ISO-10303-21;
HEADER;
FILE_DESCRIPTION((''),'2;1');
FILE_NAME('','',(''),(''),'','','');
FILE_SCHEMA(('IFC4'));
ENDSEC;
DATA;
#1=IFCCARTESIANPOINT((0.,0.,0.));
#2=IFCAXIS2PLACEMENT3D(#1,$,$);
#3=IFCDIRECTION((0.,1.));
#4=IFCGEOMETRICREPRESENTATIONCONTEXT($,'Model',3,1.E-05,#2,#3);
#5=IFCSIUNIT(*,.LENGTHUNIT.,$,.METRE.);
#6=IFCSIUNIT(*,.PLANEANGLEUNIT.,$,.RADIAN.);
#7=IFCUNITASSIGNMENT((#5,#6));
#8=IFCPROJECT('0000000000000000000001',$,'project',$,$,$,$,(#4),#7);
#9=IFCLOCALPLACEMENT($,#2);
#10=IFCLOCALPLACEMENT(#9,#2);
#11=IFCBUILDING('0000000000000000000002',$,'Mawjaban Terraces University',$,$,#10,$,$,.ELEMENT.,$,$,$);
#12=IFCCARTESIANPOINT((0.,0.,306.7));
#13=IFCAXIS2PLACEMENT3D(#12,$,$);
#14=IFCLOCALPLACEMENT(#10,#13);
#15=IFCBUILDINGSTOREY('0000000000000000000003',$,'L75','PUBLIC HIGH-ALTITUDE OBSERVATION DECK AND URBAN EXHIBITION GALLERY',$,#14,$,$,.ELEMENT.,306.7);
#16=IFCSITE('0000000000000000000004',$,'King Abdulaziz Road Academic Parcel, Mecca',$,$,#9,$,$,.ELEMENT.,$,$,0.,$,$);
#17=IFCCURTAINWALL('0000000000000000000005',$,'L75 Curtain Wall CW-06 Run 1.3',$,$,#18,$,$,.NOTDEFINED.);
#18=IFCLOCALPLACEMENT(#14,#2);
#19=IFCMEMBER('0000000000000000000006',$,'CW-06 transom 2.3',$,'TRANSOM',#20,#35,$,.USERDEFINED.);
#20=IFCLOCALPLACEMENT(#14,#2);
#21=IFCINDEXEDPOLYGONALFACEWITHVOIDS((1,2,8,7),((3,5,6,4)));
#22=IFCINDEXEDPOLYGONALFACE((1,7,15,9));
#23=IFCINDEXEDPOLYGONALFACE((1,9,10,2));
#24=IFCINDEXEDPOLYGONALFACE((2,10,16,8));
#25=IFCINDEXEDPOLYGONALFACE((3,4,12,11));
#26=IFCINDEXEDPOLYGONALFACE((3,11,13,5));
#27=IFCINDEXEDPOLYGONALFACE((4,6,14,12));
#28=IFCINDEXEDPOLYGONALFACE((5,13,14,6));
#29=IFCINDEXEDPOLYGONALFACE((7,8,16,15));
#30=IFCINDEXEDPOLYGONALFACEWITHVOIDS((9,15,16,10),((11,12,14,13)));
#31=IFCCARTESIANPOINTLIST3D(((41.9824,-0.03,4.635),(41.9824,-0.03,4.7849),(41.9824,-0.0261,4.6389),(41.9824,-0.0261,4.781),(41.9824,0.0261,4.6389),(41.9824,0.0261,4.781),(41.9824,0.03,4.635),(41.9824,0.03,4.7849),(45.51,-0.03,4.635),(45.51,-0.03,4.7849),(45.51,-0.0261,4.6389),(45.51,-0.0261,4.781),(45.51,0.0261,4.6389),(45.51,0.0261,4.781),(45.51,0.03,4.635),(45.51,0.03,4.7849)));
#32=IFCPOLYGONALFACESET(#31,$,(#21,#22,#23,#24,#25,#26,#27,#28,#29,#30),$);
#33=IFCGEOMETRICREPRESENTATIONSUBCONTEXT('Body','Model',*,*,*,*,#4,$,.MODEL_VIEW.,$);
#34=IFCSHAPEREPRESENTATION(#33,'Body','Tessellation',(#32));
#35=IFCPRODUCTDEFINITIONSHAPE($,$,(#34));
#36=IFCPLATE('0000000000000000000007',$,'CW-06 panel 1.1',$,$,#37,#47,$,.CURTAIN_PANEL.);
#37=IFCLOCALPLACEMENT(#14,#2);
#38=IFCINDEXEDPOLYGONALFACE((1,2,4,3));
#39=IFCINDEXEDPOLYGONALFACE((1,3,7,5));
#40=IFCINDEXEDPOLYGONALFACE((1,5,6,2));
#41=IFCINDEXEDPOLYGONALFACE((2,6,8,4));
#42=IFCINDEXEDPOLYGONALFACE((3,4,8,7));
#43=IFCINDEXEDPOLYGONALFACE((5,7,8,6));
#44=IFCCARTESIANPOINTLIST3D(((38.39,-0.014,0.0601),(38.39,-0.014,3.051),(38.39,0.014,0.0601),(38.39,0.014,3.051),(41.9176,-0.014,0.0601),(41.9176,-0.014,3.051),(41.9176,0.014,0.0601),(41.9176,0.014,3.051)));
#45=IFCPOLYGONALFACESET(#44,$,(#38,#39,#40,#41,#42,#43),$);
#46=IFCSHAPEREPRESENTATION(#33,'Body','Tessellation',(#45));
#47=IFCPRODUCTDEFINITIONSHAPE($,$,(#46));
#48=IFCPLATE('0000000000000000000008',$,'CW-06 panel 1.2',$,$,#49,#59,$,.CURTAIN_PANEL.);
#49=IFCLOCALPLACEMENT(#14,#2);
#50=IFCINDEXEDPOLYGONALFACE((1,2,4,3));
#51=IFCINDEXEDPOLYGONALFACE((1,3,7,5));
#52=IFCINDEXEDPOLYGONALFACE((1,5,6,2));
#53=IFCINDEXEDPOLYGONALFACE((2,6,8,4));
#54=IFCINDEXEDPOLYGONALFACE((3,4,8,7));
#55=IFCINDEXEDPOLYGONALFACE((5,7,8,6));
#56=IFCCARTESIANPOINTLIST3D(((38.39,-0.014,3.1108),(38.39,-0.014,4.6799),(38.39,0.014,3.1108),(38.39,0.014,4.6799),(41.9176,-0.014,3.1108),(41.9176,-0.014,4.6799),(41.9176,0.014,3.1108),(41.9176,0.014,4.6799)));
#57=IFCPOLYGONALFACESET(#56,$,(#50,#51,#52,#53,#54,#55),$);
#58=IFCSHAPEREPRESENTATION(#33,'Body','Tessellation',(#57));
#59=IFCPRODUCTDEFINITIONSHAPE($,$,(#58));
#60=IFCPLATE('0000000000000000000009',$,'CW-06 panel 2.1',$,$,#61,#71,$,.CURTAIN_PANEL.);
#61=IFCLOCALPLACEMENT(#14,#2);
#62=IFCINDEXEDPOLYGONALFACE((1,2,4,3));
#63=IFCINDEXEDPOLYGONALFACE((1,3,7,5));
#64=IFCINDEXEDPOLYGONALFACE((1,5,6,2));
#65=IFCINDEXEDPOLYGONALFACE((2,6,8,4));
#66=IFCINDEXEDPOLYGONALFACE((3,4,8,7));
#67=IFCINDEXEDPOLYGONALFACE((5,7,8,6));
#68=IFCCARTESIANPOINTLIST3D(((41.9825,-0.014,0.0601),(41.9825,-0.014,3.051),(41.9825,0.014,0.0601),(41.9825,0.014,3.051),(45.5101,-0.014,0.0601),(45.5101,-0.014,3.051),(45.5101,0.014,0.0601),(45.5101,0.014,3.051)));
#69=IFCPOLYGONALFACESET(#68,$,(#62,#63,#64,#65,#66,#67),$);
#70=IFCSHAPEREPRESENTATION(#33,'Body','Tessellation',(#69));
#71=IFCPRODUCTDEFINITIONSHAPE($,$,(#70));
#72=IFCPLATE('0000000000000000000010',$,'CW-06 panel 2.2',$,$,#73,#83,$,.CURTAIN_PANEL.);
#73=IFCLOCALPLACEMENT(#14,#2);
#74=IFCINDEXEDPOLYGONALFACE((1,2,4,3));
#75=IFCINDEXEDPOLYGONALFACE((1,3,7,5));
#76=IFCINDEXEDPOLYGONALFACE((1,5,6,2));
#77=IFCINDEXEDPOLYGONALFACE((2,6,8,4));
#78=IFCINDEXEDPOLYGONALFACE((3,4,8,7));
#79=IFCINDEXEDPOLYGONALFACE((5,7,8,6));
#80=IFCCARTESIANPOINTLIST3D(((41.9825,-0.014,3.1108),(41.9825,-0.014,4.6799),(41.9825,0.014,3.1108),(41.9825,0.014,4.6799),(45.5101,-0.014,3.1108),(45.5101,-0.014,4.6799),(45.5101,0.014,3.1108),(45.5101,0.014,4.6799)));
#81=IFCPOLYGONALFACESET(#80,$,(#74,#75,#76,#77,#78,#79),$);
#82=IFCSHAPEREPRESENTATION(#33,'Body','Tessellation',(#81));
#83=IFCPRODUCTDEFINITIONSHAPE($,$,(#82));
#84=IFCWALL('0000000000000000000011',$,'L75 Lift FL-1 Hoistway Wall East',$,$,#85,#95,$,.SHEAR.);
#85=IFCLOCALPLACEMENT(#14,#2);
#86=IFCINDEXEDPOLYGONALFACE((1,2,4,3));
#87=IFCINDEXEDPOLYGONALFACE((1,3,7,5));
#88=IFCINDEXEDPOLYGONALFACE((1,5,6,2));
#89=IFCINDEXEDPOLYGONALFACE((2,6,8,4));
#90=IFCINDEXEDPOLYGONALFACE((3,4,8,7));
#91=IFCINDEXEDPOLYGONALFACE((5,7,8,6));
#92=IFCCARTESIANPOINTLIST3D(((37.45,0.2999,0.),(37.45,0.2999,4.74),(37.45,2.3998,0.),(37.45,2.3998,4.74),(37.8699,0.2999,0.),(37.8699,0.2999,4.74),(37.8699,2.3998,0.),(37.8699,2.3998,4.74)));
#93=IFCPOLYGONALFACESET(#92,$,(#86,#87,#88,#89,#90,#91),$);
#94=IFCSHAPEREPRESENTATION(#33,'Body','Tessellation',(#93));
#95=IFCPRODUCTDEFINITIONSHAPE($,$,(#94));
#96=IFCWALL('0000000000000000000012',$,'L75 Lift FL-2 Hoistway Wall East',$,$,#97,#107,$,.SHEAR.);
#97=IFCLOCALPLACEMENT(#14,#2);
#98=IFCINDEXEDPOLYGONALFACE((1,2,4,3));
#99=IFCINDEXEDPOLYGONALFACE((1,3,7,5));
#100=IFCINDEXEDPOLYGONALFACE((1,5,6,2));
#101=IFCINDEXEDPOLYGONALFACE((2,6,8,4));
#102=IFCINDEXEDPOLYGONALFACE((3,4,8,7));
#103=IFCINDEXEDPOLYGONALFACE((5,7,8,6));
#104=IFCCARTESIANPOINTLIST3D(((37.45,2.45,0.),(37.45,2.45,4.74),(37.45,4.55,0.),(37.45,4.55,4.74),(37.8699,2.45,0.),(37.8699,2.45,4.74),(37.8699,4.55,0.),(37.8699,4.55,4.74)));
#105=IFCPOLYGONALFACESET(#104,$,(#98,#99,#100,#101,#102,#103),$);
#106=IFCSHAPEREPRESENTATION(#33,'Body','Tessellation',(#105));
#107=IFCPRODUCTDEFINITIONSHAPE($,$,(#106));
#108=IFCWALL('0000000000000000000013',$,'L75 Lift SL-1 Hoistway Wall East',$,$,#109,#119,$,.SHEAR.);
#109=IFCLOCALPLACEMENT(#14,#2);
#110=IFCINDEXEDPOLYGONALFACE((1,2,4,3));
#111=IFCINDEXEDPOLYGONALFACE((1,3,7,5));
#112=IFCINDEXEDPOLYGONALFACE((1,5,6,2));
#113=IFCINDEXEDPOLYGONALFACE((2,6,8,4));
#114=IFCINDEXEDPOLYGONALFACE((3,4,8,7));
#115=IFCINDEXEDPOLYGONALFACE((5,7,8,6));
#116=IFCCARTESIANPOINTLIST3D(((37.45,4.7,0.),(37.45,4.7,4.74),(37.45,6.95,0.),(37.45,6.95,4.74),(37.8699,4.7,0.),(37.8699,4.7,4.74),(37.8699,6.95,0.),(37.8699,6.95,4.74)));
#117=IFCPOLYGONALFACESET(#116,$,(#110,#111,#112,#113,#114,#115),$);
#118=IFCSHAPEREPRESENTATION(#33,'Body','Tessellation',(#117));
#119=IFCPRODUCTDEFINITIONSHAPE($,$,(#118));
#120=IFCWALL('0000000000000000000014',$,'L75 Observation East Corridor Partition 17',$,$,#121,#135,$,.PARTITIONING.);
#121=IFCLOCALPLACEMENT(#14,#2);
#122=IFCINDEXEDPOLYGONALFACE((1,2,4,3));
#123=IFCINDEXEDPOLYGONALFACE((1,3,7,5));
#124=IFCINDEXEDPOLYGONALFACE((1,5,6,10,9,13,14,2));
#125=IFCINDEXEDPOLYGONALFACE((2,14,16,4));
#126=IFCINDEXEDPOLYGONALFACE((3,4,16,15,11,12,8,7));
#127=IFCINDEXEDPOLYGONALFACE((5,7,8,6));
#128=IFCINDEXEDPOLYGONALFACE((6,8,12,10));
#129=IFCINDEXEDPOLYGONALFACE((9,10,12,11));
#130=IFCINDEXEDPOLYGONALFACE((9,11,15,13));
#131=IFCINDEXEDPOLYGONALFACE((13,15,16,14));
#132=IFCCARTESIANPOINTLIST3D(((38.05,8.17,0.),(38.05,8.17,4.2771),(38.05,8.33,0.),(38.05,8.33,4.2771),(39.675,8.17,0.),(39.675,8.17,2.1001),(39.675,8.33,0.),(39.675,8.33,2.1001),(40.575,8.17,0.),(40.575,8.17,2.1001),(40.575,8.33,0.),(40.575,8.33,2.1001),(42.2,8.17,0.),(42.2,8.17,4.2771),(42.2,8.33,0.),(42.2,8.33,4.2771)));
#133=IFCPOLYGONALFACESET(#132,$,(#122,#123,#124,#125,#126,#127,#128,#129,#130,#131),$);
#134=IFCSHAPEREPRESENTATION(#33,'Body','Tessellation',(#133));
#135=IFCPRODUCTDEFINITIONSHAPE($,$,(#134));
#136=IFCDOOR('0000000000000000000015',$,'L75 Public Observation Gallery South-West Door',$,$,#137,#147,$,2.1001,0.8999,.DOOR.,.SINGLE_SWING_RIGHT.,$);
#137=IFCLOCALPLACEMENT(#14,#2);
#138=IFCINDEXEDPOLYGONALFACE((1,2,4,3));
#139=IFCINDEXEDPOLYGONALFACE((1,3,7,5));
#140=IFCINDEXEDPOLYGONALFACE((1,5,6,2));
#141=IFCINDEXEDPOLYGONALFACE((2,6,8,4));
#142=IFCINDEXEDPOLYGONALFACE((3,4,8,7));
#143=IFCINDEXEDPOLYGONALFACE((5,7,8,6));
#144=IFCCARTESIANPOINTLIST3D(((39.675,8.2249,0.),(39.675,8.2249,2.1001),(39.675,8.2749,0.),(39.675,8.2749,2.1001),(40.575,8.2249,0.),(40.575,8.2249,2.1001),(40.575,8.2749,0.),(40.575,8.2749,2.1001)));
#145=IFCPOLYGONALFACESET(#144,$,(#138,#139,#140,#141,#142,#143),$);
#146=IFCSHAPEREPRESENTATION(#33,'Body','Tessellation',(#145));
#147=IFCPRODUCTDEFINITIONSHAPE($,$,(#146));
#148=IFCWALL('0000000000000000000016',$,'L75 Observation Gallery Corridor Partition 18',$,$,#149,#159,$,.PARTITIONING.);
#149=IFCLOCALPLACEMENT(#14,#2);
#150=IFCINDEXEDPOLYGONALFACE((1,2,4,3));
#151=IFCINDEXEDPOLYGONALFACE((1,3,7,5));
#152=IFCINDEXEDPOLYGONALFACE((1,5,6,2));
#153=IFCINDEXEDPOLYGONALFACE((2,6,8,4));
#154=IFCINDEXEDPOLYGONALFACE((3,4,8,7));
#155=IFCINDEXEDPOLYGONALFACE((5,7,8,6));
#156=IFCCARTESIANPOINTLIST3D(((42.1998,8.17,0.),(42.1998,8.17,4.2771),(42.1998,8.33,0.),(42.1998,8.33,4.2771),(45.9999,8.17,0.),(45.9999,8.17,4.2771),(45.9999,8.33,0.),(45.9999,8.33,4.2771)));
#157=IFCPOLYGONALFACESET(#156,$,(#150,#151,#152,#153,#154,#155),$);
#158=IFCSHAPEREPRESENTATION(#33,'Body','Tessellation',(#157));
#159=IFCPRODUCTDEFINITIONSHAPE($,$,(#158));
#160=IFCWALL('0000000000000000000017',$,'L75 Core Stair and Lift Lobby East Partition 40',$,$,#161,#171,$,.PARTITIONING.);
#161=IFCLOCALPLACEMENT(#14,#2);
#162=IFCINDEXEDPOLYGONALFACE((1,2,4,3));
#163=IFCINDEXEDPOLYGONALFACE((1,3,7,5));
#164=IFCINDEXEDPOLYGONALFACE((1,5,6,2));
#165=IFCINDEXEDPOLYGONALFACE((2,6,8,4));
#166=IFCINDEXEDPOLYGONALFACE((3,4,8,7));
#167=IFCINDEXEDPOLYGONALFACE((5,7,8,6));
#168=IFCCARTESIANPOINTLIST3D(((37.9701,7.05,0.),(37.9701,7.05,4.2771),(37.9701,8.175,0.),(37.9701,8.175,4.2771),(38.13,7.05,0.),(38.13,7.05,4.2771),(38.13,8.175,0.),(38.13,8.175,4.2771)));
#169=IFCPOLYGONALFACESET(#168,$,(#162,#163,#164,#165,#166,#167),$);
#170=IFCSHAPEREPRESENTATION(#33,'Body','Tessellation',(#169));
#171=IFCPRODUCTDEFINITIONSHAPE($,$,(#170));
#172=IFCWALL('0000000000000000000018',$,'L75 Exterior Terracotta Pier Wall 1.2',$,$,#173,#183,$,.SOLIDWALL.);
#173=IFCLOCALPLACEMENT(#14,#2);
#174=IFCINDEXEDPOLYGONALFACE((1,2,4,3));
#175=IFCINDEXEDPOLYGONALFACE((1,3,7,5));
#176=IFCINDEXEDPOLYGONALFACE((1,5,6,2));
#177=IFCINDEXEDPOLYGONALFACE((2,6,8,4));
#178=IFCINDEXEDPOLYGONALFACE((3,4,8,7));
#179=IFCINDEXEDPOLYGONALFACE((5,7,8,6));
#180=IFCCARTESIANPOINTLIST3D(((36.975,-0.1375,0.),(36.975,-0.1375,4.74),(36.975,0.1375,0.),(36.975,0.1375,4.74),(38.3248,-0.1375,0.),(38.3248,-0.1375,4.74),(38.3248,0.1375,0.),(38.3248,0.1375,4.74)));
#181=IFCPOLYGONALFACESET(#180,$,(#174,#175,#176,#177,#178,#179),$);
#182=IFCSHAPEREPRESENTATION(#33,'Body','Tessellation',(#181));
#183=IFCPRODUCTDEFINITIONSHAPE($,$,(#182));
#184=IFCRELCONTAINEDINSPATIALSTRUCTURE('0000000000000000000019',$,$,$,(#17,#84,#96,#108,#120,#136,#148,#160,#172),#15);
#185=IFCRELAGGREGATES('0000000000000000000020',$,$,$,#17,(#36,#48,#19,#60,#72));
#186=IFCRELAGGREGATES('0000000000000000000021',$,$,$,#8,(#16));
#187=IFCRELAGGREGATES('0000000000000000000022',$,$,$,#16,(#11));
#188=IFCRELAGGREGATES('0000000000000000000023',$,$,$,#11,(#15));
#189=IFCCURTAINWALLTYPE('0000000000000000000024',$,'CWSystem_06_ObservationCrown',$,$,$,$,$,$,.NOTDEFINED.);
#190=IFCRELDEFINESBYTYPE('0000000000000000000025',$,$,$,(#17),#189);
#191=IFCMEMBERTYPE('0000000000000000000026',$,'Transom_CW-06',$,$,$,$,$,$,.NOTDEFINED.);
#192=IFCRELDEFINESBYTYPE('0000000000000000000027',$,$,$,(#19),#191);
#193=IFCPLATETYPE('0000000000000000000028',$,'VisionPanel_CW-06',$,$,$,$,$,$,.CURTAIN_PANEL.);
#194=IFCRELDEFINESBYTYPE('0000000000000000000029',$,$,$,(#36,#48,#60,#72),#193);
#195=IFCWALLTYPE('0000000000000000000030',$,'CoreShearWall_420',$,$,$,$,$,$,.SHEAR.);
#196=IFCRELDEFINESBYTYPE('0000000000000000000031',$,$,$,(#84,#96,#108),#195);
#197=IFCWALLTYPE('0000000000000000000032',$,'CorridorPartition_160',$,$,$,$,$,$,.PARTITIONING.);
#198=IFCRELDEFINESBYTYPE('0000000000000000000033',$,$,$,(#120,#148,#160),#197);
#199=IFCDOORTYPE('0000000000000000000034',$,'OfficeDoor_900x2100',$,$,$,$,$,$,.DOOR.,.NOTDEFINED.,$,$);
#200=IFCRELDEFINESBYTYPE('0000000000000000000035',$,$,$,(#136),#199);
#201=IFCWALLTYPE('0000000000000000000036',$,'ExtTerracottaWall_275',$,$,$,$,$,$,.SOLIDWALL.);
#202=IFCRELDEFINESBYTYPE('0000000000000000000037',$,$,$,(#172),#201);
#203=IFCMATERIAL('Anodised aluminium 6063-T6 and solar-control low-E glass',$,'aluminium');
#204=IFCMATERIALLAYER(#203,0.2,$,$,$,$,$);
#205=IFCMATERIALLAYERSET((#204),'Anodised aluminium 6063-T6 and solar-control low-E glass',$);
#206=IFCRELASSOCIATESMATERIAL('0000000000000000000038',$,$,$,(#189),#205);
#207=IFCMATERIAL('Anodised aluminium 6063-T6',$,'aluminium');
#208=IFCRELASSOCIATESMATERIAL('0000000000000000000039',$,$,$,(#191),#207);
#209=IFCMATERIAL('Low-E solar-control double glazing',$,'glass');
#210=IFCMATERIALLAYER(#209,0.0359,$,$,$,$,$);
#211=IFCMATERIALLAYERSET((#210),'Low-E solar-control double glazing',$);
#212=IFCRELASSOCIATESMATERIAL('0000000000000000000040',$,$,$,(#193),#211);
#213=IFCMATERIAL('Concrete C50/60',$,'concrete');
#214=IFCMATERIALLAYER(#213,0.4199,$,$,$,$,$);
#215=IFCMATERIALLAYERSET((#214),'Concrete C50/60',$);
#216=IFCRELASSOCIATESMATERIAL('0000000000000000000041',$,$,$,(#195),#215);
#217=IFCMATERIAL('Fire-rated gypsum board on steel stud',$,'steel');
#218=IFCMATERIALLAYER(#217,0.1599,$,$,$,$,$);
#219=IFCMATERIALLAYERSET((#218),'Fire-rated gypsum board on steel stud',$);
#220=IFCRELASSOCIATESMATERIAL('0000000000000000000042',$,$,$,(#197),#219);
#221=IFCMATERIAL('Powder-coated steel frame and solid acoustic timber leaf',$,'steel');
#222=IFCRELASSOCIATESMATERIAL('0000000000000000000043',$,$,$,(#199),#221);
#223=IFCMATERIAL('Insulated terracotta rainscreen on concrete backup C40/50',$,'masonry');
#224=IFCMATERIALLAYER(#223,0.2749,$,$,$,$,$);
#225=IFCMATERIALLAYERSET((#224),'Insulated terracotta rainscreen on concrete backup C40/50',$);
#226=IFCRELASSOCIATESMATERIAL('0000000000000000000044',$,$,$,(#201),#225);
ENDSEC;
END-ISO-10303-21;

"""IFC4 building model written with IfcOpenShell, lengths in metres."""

from ifc_helpers import new_model, si_unit, direction, frame, frame_2d, origin, origin_2d, place, context, subcontext, project, spatial, rectangle, hollow_rectangle, extrude, material, layer, layer_set, material_profile, profile_set, type_object, element, fill, aggregate, save


model = new_model("IFC4")

# Units and contexts
model_context = context("Model", 3, precision=1e-05, world=origin(), true_north=direction((0.0, 1.0)))
body_context = subcontext(model_context, "Body", "Model", "MODEL_VIEW")
ifc_project = project(units=[si_unit("LENGTHUNIT", "METRE"), si_unit("PLANEANGLEUNIT", "RADIAN")], contexts=[model_context])

# Site, building, storey
site_placement = place(None, origin())
site = spatial("IfcSite", under=ifc_project, at=site_placement, Name="King Abdulaziz Road Academic Parcel, Mecca", CompositionType="ELEMENT", RefElevation=0.0)
building_placement = place(site_placement, origin())
building = spatial("IfcBuilding", under=site, at=building_placement, Name="Mawjaban Terraces University", CompositionType="ELEMENT")
storey_placement = place(building_placement, frame((0.0, 0.0, 306.7)))
storey = spatial("IfcBuildingStorey", under=building, at=storey_placement, Name="L75", Description="PUBLIC HIGH-ALTITUDE OBSERVATION DECK AND URBAN EXHIBITION GALLERY", CompositionType="ELEMENT", Elevation=306.7)

# Shared definitions
ifc_material_1 = material(Name="Concrete C50/60", Category="concrete")

# Shared definitions
ifc_material_2 = material(Name="Anodised aluminium 6063-T6 and solar-control low-E glass", Category="aluminium")
ifc_layer_1 = layer(ifc_material_2, 0.2)
ifc_layer_set_1 = layer_set([ifc_layer_1], Name="Anodised aluminium 6063-T6 and solar-control low-E glass")
curtain_wall_type = type_object("IfcCurtainWallType", Name="CWSystem_06_ObservationCrown", PredefinedType="NOTDEFINED", material=ifc_layer_set_1)
ifc_material_3 = material(Name="Anodised aluminium 6063-T6", Category="aluminium")

# Curtain wall, member, plates
curtain_wall_1_placement = place(storey_placement, origin())
curtain_wall_1 = element("IfcCurtainWall", 1, at=curtain_wall_1_placement, inside=storey, type_object=curtain_wall_type, Name="L75 Curtain Wall CW-06 Run 1.3", PredefinedType="NOTDEFINED")
ifc_material_profile_1 = material_profile(ifc_material_3, hollow_rectangle(XDim=0.0601, YDim=0.1499, WallThickness=0.0039, at=origin_2d()), Name="ALU150X60X4")
ifc_profile_set_1 = profile_set([ifc_material_profile_1], Name="Anodised aluminium 6063-T6")
member_type_1 = type_object("IfcMemberType", Name="Transom_CW-06", PredefinedType="NOTDEFINED", material=ifc_profile_set_1)
member_1_placement = place(storey_placement, frame((41.9824, 0.0, 4.71), z_axis=(1.0, 0.0, 0.0), x_axis=(0.0, 1.0, 0.0)))
member_1 = element("IfcMember", 2, at=member_1_placement, type_object=member_type_1, Name="CW-06 transom 2.3", ObjectType="TRANSOM", PredefinedType="USERDEFINED", context=body_context, shape_type="SweptSolid", body=[
    extrude(hollow_rectangle(XDim=0.0601, YDim=0.1499, WallThickness=0.0039, at=origin_2d()), origin(), (0.0, 0.0, 1.0), 3.5276),
])
ifc_material_4 = material(Name="Low-E solar-control double glazing", Category="glass")
ifc_layer_2 = layer(ifc_material_4, 0.0359)
ifc_layer_set_2 = layer_set([ifc_layer_2], Name="Low-E solar-control double glazing")
plate_type = type_object("IfcPlateType", Name="VisionPanel_CW-06", PredefinedType="CURTAIN_PANEL", material=ifc_layer_set_2)
plate_1_placement = place(storey_placement, frame((40.1538, 0.0, 0.0601), z_axis=(0.0, 0.0, 1.0), x_axis=(1.0, 0.0, 0.0)))
plate_1 = element("IfcPlate", 3, at=plate_1_placement, type_object=plate_type, Name="CW-06 panel 1.1", PredefinedType="CURTAIN_PANEL", context=body_context, shape_type="SweptSolid", body=[
    extrude(rectangle(XDim=3.5276, YDim=0.0281, at=origin_2d()), origin(), (0.0, 0.0, 1.0), 2.991),
])
plate_2_placement = place(storey_placement, frame((40.1538, 0.0, 3.1108), z_axis=(0.0, 0.0, 1.0), x_axis=(1.0, 0.0, 0.0)))
plate_2 = element("IfcPlate", 4, at=plate_2_placement, type_object=plate_type, Name="CW-06 panel 1.2", PredefinedType="CURTAIN_PANEL", context=body_context, shape_type="SweptSolid", body=[
    extrude(rectangle(XDim=3.5276, YDim=0.0281, at=origin_2d()), origin(), (0.0, 0.0, 1.0), 1.5691),
])
plate_3_placement = place(storey_placement, frame((43.7463, 0.0, 0.0601), z_axis=(0.0, 0.0, 1.0), x_axis=(1.0, 0.0, 0.0)))
plate_3 = element("IfcPlate", 5, at=plate_3_placement, type_object=plate_type, Name="CW-06 panel 2.1", PredefinedType="CURTAIN_PANEL", context=body_context, shape_type="SweptSolid", body=[
    extrude(rectangle(XDim=3.5276, YDim=0.0281, at=origin_2d()), origin(), (0.0, 0.0, 1.0), 2.991),
])
plate_4_placement = place(storey_placement, frame((43.7463, 0.0, 3.1108), z_axis=(0.0, 0.0, 1.0), x_axis=(1.0, 0.0, 0.0)))
plate_4 = element("IfcPlate", 6, at=plate_4_placement, type_object=plate_type, Name="CW-06 panel 2.2", PredefinedType="CURTAIN_PANEL", context=body_context, shape_type="SweptSolid", body=[
    extrude(rectangle(XDim=3.5276, YDim=0.0281, at=origin_2d()), origin(), (0.0, 0.0, 1.0), 1.5691),
])
aggregate(curtain_wall_1, [plate_1, plate_2, member_1, plate_3, plate_4])

# Walls
ifc_layer_3 = layer(ifc_material_1, 0.4199)
ifc_layer_set_3 = layer_set([ifc_layer_3], Name="Concrete C50/60")
wall_type_1 = type_object("IfcWallType", Name="CoreShearWall_420", PredefinedType="SHEAR", material=ifc_layer_set_3)
wall_1_placement = place(storey_placement, frame((37.6599, 0.3, 0.0), z_axis=(0.0, 0.0, 1.0), x_axis=(0.0, 1.0, 0.0)))
element("IfcWall", 7, at=wall_1_placement, inside=storey, type_object=wall_type_1, Name="L75 Lift FL-1 Hoistway Wall East", PredefinedType="SHEAR", context=body_context, shape_type="SweptSolid", body=[
    extrude(rectangle(XDim=2.0999, YDim=0.4199, at=frame_2d((1.0498, 0.0))), origin(), (0.0, 0.0, 1.0), 4.74),
])
wall_2_placement = place(storey_placement, frame((37.6599, 2.45, 0.0), z_axis=(0.0, 0.0, 1.0), x_axis=(0.0, 1.0, 0.0)))
element("IfcWall", 8, at=wall_2_placement, inside=storey, type_object=wall_type_1, Name="L75 Lift FL-2 Hoistway Wall East", PredefinedType="SHEAR", context=body_context, shape_type="SweptSolid", body=[
    extrude(rectangle(XDim=2.1001, YDim=0.4199, at=frame_2d((1.05, 0.0))), origin(), (0.0, 0.0, 1.0), 4.74),
])
wall_3_placement = place(storey_placement, frame((37.6599, 4.7, 0.0), z_axis=(0.0, 0.0, 1.0), x_axis=(0.0, 1.0, 0.0)))
element("IfcWall", 9, at=wall_3_placement, inside=storey, type_object=wall_type_1, Name="L75 Lift SL-1 Hoistway Wall East", PredefinedType="SHEAR", context=body_context, shape_type="SweptSolid", body=[
    extrude(rectangle(XDim=2.25, YDim=0.4199, at=frame_2d((1.125, 0.0))), origin(), (0.0, 0.0, 1.0), 4.74),
])

# Wall, opening, door
ifc_material_5 = material(Name="Fire-rated gypsum board on steel stud", Category="steel")
ifc_layer_4 = layer(ifc_material_5, 0.1599)
ifc_layer_set_4 = layer_set([ifc_layer_4], Name="Fire-rated gypsum board on steel stud")
wall_type_2 = type_object("IfcWallType", Name="CorridorPartition_160", PredefinedType="PARTITIONING", material=ifc_layer_set_4)
wall_4_placement = place(storey_placement, frame((38.05, 8.25, 0.0), z_axis=(0.0, 0.0, 1.0), x_axis=(1.0, 0.0, 0.0)))
wall_4 = element("IfcWall", 10, at=wall_4_placement, inside=storey, type_object=wall_type_2, Name="L75 Observation East Corridor Partition 17", PredefinedType="PARTITIONING", context=body_context, shape_type="SweptSolid", body=[
    extrude(rectangle(XDim=4.1499, YDim=0.1599, at=frame_2d((2.075, 0.0))), origin(), (0.0, 0.0, 1.0), 4.2771),
])
opening_placement = place(wall_4_placement, frame((1.625, 0.0, 0.0)))
opening = element("IfcOpeningElement", 11, at=opening_placement, cuts=wall_4, PredefinedType="OPENING", context=body_context, shape_type="SweptSolid", body=[
    extrude(rectangle(XDim=0.8999, YDim=2.1001, at=frame_2d((0.45, 1.05))), frame((0.0, 0.0898, 0.0), z_axis=(0.0, -1.0, 0.0), x_axis=(1.0, 0.0, 0.0)), (0.0, 0.0, 1.0), 0.1799),
])
ifc_material_6 = material(Name="Powder-coated steel frame and solid acoustic timber leaf", Category="steel")
door_type = type_object("IfcDoorType", Name="OfficeDoor_900x2100", OperationType="NOTDEFINED", PredefinedType="DOOR", material=ifc_material_6)
door_placement = place(opening_placement, origin())
door = element("IfcDoor", 12, at=door_placement, inside=storey, type_object=door_type, Name="L75 Public Observation Gallery South-West Door", OperationType="SINGLE_SWING_RIGHT", OverallHeight=2.1001, OverallWidth=0.8999, PredefinedType="DOOR", context=body_context, shape_type="SweptSolid", body=[
    extrude(rectangle(XDim=0.8999, YDim=2.1001, at=frame_2d((0.45, 1.05))), frame((0.0, 0.0249, 0.0), z_axis=(0.0, -1.0, 0.0), x_axis=(1.0, 0.0, 0.0)), (0.0, 0.0, 1.0), 0.05),
])
fill(opening, door)

# Walls
wall_5_placement = place(storey_placement, frame((42.2, 8.25, 0.0), z_axis=(0.0, 0.0, 1.0), x_axis=(1.0, 0.0, 0.0)))
element("IfcWall", 13, at=wall_5_placement, inside=storey, type_object=wall_type_2, Name="L75 Observation Gallery Corridor Partition 18", PredefinedType="PARTITIONING", context=body_context, shape_type="SweptSolid", body=[
    extrude(rectangle(XDim=3.8, YDim=0.1599, at=frame_2d((1.8999, 0.0))), origin(), (0.0, 0.0, 1.0), 4.2771),
])
wall_6_placement = place(storey_placement, frame((38.05, 7.05, 0.0), z_axis=(0.0, 0.0, 1.0), x_axis=(0.0, 1.0, 0.0)))
element("IfcWall", 14, at=wall_6_placement, inside=storey, type_object=wall_type_2, Name="L75 Core Stair and Lift Lobby East Partition 40", PredefinedType="PARTITIONING", context=body_context, shape_type="SweptSolid", body=[
    extrude(rectangle(XDim=1.125, YDim=0.1599, at=frame_2d((0.5625, 0.0))), origin(), (0.0, 0.0, 1.0), 4.2771),
])
ifc_material_7 = material(Name="Insulated terracotta rainscreen on concrete backup C40/50", Category="masonry")
ifc_layer_5 = layer(ifc_material_7, 0.2749)
ifc_layer_set_5 = layer_set([ifc_layer_5], Name="Insulated terracotta rainscreen on concrete backup C40/50")
wall_type_3 = type_object("IfcWallType", Name="ExtTerracottaWall_275", PredefinedType="SOLIDWALL", material=ifc_layer_set_5)
wall_7_placement = place(storey_placement, frame((36.9751, 0.0, 0.0), z_axis=(0.0, 0.0, 1.0), x_axis=(1.0, 0.0, 0.0)))
element("IfcWall", 15, at=wall_7_placement, inside=storey, type_object=wall_type_3, Name="L75 Exterior Terracotta Pier Wall 1.2", PredefinedType="SOLIDWALL", context=body_context, shape_type="SweptSolid", body=[
    extrude(rectangle(XDim=1.3499, YDim=0.2749, at=frame_2d((0.6748, 0.0))), origin(), (0.0, 0.0, 1.0), 4.74),
])

save(model, "model.ifc")
